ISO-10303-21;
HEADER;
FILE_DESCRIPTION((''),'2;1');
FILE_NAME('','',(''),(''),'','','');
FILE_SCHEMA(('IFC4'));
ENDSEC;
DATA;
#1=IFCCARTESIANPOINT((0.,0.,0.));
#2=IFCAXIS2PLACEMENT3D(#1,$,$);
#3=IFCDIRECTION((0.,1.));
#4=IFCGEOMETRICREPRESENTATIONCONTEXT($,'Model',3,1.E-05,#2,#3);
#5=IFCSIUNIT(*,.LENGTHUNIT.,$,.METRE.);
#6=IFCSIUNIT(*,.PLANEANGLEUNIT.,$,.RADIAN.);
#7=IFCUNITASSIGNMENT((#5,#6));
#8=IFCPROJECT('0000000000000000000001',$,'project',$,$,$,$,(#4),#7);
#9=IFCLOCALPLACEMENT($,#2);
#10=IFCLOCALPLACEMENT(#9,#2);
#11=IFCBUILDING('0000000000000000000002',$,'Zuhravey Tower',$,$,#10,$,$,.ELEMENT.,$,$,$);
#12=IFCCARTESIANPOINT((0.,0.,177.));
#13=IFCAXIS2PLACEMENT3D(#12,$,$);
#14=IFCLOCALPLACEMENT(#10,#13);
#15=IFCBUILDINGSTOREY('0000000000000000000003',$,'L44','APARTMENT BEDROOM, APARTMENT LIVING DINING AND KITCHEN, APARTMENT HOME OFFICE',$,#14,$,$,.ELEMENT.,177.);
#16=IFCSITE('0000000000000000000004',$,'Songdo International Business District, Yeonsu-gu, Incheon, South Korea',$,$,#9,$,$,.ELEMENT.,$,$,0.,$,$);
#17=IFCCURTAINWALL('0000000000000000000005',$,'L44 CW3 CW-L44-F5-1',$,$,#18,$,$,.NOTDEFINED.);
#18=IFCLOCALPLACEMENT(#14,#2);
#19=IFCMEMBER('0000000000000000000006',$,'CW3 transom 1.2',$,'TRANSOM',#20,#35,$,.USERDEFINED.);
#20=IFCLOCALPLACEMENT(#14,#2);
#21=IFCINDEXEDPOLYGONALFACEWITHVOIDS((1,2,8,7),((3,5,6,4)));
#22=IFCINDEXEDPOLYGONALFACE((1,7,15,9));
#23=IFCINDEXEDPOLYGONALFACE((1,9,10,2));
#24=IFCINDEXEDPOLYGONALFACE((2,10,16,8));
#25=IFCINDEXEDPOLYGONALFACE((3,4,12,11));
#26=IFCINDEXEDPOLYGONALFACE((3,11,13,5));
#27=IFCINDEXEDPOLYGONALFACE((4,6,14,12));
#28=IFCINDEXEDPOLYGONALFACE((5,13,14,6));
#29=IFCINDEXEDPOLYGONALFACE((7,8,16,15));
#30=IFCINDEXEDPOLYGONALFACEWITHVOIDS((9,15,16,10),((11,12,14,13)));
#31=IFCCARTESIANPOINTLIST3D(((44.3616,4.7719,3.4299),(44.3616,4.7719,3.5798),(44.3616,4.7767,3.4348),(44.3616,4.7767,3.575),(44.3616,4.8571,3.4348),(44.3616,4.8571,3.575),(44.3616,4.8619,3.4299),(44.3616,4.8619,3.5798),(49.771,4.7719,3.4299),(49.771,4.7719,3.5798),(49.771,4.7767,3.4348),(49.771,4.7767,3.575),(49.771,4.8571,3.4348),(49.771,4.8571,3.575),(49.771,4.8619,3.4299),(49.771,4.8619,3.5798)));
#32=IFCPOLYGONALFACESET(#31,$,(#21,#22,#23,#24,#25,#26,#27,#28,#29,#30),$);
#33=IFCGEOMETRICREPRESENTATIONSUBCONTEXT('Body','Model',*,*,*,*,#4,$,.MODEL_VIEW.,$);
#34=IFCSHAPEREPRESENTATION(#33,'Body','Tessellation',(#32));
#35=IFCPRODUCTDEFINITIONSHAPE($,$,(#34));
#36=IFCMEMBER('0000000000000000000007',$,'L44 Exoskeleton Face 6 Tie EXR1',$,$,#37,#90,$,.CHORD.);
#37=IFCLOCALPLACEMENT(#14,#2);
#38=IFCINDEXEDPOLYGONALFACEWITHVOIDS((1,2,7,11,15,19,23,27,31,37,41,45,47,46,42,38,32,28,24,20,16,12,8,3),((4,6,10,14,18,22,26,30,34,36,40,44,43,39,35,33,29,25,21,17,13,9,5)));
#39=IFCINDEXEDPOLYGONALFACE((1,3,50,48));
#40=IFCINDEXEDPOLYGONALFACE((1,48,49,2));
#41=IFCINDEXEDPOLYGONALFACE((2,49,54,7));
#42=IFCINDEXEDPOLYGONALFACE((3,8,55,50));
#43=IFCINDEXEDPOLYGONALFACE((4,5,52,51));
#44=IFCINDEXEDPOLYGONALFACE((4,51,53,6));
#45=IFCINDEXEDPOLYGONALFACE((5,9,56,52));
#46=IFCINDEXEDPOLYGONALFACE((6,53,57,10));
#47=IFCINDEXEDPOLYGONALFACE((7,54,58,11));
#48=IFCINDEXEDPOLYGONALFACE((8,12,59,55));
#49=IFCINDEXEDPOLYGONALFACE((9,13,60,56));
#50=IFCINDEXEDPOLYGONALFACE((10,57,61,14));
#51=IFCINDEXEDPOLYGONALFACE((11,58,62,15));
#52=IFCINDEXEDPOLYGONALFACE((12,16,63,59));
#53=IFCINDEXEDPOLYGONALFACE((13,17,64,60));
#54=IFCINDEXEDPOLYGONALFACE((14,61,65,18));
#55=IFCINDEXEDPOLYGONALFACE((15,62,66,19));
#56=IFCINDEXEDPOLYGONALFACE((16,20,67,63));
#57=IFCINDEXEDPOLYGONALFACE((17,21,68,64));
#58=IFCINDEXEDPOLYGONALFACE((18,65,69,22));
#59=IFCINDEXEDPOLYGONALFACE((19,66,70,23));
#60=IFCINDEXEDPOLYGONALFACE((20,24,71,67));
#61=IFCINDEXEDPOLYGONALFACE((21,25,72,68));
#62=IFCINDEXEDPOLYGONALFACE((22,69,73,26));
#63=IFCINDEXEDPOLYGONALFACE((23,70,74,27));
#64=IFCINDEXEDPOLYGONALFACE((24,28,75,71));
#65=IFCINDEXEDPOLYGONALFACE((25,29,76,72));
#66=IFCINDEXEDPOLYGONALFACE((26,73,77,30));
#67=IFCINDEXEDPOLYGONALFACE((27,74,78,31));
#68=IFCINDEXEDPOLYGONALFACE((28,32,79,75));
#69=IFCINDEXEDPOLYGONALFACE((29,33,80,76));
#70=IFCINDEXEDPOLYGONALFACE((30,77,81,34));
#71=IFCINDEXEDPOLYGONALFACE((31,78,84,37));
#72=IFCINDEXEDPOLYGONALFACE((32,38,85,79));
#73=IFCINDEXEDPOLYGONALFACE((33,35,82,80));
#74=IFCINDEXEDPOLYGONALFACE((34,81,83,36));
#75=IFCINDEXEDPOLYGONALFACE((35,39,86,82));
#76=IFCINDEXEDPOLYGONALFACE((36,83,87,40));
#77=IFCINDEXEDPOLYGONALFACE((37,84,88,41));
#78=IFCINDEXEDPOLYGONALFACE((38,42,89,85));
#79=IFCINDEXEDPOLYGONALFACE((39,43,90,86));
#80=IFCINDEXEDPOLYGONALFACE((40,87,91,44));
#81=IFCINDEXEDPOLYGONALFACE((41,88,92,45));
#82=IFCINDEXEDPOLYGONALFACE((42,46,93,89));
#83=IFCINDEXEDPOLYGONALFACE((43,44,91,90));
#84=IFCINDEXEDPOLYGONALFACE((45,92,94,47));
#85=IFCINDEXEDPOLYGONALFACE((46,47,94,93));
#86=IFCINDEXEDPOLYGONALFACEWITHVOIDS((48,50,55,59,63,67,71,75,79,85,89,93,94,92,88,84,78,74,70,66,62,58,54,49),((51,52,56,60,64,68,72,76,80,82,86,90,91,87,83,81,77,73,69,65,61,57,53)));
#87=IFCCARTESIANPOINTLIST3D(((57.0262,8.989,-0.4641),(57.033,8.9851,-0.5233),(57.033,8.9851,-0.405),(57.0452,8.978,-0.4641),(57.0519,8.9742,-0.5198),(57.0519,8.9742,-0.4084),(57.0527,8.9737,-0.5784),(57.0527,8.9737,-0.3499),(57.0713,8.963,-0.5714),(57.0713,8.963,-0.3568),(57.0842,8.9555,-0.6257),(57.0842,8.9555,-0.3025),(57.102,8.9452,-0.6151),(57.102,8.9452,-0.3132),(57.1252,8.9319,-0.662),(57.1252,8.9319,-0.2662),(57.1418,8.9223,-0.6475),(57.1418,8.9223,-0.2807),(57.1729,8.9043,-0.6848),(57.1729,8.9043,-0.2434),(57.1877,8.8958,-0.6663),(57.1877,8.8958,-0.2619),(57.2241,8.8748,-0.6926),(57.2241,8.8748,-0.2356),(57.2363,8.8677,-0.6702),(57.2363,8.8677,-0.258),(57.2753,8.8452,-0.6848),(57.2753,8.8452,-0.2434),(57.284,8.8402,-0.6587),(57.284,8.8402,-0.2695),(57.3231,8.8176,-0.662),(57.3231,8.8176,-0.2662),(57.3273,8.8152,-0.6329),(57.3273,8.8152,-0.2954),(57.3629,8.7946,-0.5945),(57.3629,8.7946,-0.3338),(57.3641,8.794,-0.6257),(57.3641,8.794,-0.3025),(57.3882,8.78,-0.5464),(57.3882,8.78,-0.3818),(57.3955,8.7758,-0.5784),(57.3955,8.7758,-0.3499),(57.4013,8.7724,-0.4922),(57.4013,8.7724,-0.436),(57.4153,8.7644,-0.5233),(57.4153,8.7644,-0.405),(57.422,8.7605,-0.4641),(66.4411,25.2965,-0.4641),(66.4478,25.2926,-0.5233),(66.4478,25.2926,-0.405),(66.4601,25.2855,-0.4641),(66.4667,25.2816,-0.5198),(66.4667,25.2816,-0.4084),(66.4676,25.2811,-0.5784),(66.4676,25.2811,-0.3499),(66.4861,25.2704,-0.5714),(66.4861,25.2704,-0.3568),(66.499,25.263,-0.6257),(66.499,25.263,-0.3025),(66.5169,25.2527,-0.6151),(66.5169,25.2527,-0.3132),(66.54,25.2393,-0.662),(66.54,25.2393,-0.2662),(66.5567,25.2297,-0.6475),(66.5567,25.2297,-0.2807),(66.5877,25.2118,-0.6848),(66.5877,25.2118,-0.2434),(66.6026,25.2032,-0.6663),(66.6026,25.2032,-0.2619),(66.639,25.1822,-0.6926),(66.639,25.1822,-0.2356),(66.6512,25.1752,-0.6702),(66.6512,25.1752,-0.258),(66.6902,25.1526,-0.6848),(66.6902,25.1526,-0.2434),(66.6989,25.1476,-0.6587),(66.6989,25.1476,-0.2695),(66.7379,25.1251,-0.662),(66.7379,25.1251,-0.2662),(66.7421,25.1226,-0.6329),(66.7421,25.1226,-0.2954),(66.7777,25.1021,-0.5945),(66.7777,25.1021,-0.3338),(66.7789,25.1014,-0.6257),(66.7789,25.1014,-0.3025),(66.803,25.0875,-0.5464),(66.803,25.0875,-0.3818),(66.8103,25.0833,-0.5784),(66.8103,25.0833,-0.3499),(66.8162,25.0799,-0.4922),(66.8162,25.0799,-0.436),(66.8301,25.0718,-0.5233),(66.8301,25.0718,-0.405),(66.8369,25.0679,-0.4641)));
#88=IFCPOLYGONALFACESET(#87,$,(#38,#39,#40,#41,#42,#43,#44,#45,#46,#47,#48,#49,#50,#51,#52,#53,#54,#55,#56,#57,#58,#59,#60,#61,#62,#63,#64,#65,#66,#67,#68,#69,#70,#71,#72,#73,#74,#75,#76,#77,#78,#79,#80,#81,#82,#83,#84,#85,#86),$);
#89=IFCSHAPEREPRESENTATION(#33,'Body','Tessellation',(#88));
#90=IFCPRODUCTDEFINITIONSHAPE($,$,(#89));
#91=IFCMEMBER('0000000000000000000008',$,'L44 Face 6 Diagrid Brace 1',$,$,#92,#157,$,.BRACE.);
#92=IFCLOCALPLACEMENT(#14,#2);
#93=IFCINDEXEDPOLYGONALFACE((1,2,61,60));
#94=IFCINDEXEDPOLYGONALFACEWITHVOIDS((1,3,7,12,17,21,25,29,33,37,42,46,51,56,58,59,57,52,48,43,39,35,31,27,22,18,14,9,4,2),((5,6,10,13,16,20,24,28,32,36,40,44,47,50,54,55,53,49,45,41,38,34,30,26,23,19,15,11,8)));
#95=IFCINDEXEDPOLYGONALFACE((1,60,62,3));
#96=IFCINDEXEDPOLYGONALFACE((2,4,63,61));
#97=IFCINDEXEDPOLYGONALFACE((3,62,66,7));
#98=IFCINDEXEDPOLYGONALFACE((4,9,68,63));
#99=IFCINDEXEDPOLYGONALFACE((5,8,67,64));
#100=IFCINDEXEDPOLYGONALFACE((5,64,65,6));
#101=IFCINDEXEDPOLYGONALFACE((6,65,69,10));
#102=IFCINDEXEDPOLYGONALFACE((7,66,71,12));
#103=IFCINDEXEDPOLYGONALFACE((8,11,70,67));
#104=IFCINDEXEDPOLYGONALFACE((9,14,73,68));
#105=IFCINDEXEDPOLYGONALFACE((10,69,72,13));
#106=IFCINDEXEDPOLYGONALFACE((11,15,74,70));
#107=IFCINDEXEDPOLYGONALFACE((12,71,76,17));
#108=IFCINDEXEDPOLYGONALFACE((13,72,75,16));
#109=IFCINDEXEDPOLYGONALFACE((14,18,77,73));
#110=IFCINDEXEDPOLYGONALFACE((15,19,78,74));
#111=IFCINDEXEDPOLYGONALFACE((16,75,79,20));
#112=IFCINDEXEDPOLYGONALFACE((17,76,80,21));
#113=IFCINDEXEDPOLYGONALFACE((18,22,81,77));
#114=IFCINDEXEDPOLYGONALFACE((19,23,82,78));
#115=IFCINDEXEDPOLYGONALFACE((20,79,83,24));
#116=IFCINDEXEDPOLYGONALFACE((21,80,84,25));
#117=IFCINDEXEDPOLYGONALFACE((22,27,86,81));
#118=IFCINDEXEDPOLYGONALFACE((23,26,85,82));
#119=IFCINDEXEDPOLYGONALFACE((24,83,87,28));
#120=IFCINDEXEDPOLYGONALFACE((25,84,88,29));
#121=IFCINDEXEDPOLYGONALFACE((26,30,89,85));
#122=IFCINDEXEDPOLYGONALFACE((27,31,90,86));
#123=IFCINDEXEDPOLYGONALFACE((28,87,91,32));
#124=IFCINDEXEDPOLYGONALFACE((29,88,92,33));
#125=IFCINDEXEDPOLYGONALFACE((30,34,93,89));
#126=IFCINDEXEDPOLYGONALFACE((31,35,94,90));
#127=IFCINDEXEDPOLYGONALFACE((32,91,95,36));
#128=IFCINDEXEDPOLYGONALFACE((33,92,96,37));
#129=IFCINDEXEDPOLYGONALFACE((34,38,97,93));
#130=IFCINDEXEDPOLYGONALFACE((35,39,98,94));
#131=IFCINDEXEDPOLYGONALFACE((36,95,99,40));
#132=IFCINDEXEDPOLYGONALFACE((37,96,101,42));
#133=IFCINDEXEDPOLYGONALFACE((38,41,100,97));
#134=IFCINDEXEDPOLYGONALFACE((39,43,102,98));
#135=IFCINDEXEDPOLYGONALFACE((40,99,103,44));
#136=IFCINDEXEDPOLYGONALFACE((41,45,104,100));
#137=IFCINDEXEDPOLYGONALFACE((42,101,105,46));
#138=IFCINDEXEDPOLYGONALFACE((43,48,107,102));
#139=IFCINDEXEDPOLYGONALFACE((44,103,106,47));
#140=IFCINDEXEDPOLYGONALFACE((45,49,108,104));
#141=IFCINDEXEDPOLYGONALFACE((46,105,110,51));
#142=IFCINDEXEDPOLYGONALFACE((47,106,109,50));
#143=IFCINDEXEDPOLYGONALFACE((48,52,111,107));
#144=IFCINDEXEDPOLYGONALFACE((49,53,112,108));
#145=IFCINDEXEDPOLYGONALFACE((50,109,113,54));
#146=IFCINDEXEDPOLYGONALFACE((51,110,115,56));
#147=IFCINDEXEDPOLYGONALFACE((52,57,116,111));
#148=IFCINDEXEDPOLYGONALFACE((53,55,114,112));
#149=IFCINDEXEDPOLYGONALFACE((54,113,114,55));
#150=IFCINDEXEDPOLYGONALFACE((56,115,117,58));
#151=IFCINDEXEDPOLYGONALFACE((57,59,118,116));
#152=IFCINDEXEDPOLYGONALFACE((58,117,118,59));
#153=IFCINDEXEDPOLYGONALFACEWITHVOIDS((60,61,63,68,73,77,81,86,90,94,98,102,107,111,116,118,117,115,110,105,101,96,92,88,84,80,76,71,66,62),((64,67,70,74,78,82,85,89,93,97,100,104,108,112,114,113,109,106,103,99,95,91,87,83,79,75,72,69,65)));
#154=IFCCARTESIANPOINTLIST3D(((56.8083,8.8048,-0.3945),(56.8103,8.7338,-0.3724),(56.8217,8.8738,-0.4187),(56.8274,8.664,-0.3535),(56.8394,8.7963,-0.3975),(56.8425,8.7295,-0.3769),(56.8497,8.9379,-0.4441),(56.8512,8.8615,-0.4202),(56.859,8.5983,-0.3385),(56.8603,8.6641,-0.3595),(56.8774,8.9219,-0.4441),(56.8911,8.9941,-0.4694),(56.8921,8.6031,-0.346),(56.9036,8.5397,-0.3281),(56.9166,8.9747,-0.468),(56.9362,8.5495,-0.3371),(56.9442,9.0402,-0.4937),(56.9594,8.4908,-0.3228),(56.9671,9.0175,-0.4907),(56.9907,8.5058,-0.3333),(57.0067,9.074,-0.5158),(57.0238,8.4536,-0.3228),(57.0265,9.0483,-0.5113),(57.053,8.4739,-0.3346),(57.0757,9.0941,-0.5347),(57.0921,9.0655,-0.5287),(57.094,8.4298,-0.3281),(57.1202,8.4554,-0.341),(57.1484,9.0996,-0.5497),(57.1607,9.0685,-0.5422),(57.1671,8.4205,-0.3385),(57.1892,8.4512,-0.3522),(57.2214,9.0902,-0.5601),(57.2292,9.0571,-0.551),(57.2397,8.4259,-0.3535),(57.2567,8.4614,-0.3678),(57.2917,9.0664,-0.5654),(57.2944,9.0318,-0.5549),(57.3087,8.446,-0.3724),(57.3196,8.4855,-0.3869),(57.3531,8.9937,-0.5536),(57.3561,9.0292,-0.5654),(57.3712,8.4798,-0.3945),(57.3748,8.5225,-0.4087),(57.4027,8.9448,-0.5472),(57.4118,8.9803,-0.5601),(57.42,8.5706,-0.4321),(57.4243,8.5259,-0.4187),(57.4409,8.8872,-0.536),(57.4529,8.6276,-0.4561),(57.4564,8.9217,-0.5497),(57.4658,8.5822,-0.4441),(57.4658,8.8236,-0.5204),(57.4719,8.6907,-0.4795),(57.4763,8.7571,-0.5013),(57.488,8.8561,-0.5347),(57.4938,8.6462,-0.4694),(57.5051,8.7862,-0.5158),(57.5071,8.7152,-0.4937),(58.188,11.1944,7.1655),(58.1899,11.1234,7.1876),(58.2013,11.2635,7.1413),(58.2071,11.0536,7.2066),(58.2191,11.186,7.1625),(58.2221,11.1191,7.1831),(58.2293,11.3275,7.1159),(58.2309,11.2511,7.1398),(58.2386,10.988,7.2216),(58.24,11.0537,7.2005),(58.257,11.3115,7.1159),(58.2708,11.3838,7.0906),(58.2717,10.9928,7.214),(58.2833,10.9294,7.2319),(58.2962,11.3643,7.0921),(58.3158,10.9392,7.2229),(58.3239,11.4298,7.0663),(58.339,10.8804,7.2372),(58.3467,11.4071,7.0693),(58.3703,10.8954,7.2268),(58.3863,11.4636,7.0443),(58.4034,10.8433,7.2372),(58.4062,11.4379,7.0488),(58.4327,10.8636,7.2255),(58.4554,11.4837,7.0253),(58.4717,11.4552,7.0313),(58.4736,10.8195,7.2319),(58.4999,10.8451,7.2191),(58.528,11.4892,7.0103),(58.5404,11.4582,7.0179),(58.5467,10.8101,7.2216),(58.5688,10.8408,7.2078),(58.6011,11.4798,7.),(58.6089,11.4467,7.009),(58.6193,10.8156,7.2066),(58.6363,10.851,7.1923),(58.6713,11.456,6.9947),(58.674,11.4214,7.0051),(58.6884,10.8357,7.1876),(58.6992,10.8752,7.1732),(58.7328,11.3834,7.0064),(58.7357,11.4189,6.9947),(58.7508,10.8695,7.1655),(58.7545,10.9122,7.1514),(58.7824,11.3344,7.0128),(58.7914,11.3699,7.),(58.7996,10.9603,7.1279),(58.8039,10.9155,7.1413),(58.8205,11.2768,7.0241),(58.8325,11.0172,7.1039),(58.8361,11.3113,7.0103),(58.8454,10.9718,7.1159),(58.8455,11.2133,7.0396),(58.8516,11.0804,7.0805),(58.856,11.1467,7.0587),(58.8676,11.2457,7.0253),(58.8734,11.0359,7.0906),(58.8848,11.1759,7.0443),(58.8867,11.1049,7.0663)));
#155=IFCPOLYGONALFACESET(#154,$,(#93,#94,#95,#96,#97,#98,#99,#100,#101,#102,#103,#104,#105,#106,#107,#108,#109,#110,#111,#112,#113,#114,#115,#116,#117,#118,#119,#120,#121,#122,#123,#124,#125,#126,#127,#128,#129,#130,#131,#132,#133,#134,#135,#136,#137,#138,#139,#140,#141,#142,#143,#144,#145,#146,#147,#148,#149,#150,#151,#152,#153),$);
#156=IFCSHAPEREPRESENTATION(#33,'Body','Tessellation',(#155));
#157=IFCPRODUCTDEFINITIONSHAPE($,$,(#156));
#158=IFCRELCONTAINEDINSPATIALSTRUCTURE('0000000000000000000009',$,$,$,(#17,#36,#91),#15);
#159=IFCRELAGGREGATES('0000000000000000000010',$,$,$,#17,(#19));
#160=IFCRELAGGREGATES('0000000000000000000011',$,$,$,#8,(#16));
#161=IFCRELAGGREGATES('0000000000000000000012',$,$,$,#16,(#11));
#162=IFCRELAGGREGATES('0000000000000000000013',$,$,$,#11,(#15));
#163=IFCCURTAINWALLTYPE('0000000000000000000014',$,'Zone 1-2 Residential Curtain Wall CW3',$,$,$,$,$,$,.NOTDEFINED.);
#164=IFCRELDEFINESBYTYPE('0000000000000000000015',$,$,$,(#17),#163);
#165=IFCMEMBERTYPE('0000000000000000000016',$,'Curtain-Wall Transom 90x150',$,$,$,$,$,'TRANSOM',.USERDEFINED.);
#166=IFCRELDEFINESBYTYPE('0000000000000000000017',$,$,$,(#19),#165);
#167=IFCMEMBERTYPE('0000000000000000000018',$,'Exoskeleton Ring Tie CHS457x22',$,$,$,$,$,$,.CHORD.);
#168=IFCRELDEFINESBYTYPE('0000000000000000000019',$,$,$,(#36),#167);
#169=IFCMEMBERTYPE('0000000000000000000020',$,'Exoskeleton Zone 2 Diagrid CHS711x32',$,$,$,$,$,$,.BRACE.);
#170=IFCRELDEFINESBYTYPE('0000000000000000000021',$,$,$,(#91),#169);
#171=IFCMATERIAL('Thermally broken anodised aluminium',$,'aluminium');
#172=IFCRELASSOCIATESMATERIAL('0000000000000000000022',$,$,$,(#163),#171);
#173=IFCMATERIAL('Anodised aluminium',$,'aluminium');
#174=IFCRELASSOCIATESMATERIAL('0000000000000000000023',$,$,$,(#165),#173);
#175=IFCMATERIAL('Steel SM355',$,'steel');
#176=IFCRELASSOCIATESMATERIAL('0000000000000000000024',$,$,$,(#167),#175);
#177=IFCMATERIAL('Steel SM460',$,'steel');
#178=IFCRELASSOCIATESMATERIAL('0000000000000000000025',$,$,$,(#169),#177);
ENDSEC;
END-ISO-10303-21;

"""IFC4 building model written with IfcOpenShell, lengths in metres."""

from ifc_helpers import new_model, si_unit, direction, frame, origin, origin_2d, place, context, subcontext, project, spatial, hollow_rectangle, hollow_circle, extrude, material, material_profile, profile_set, type_object, element, aggregate, save


model = new_model("IFC4")

# Units and contexts
model_context = context("Model", 3, precision=1e-05, world=origin(), true_north=direction((0.0, 1.0)))
body_context = subcontext(model_context, "Body", "Model", "MODEL_VIEW")
ifc_project = project(units=[si_unit("LENGTHUNIT", "METRE"), si_unit("PLANEANGLEUNIT", "RADIAN")], contexts=[model_context])

# Site, building, storey
site_placement = place(None, origin())
site = spatial("IfcSite", under=ifc_project, at=site_placement, Name="Songdo International Business District, Yeonsu-gu, Incheon, South Korea", CompositionType="ELEMENT", RefElevation=0.0)
building_placement = place(site_placement, origin())
building = spatial("IfcBuilding", under=site, at=building_placement, Name="Zuhravey Tower", CompositionType="ELEMENT")
storey_placement = place(building_placement, frame((0.0, 0.0, 177.0)))
storey = spatial("IfcBuildingStorey", under=building, at=storey_placement, Name="L44", Description="APARTMENT BEDROOM, APARTMENT LIVING DINING AND KITCHEN, APARTMENT HOME OFFICE", CompositionType="ELEMENT", Elevation=177.0)

# Shared definitions
ifc_material_1 = material(Name="Thermally broken anodised aluminium", Category="aluminium")
curtain_wall_type = type_object("IfcCurtainWallType", Name="Zone 1-2 Residential Curtain Wall CW3", PredefinedType="NOTDEFINED", material=ifc_material_1)
ifc_material_2 = material(Name="Anodised aluminium", Category="aluminium")

# Curtain wall
curtain_wall_1_placement = place(storey_placement, origin())
curtain_wall_1 = element("IfcCurtainWall", 1, at=curtain_wall_1_placement, inside=storey, type_object=curtain_wall_type, Name="L44 CW3 CW-L44-F5-1", PredefinedType="NOTDEFINED")

# Member
ifc_material_profile_1 = material_profile(ifc_material_2, hollow_rectangle(XDim=0.0901, YDim=0.1499, WallThickness=0.0049, at=origin_2d()), Name="ALU-RHS-90x150x5")
ifc_profile_set_1 = profile_set([ifc_material_profile_1], Name="Anodised aluminium")
member_type_1 = type_object("IfcMemberType", Name="Curtain-Wall Transom 90x150", ElementType="TRANSOM", PredefinedType="USERDEFINED", material=ifc_profile_set_1)
member_1_placement = place(storey_placement, frame((49.771, 4.8169, 3.5049), z_axis=(-1.0, 0.0, 0.0), x_axis=(0.0, -1.0, 0.0)))
member_1 = element("IfcMember", 2, at=member_1_placement, type_object=member_type_1, Name="CW3 transom 1.2", ObjectType="TRANSOM", PredefinedType="USERDEFINED", context=body_context, shape_type="SweptSolid", body=[
    extrude(hollow_rectangle(XDim=0.0901, YDim=0.1499, WallThickness=0.0049, at=origin_2d()), origin(), (0.0, 0.0, 1.0), 5.4094),
])
aggregate(curtain_wall_1, [member_1])

# Members
ifc_material_3 = material(Name="Steel SM355", Category="steel")
ifc_material_profile_2 = material_profile(ifc_material_3, hollow_circle(Radius=0.2285, WallThickness=0.022, at=origin_2d()), Name="CHS-457.2x22")
ifc_profile_set_2 = profile_set([ifc_material_profile_2], Name="Steel SM355")
member_type_2 = type_object("IfcMemberType", Name="Exoskeleton Ring Tie CHS457x22", PredefinedType="CHORD", material=ifc_profile_set_2)
member_2_placement = place(storey_placement, frame((57.2241, 8.8748, -0.4641), z_axis=(0.499989, 0.866032, 0.0), x_axis=(-0.866032, 0.499989, 0.0)))
element("IfcMember", 3, at=member_2_placement, inside=storey, type_object=member_type_2, Name="L44 Exoskeleton Face 6 Tie EXR1", PredefinedType="CHORD", context=body_context, shape_type="SweptSolid", body=[
    extrude(hollow_circle(Radius=0.2285, WallThickness=0.022, at=origin_2d()), origin(), (0.0, 0.0, 1.0), 18.8301),
])
ifc_material_4 = material(Name="Steel SM460", Category="steel")
ifc_material_profile_3 = material_profile(ifc_material_4, hollow_circle(Radius=0.3557, WallThickness=0.032, at=origin_2d()), Name="CHS-711.2x32")
ifc_profile_set_3 = profile_set([ifc_material_profile_3], Name="Steel SM460")
member_type_3 = type_object("IfcMemberType", Name="Exoskeleton Zone 2 Diagrid CHS711x32", PredefinedType="BRACE", material=ifc_profile_set_3)
member_3_placement = place(storey_placement, frame((57.1577, 8.76, -0.4441), z_axis=(0.171429, 0.296929, 0.939386), x_axis=(-0.866029, 0.499993, 0.0)))
element("IfcMember", 4, at=member_3_placement, inside=storey, type_object=member_type_3, Name="L44 Face 6 Diagrid Brace 1", PredefinedType="BRACE", context=body_context, shape_type="SweptSolid", body=[
    extrude(hollow_circle(Radius=0.3557, WallThickness=0.032, at=origin_2d()), origin(), (0.0, 0.0, 1.0), 8.0479),
])

save(model, "model.ifc")
